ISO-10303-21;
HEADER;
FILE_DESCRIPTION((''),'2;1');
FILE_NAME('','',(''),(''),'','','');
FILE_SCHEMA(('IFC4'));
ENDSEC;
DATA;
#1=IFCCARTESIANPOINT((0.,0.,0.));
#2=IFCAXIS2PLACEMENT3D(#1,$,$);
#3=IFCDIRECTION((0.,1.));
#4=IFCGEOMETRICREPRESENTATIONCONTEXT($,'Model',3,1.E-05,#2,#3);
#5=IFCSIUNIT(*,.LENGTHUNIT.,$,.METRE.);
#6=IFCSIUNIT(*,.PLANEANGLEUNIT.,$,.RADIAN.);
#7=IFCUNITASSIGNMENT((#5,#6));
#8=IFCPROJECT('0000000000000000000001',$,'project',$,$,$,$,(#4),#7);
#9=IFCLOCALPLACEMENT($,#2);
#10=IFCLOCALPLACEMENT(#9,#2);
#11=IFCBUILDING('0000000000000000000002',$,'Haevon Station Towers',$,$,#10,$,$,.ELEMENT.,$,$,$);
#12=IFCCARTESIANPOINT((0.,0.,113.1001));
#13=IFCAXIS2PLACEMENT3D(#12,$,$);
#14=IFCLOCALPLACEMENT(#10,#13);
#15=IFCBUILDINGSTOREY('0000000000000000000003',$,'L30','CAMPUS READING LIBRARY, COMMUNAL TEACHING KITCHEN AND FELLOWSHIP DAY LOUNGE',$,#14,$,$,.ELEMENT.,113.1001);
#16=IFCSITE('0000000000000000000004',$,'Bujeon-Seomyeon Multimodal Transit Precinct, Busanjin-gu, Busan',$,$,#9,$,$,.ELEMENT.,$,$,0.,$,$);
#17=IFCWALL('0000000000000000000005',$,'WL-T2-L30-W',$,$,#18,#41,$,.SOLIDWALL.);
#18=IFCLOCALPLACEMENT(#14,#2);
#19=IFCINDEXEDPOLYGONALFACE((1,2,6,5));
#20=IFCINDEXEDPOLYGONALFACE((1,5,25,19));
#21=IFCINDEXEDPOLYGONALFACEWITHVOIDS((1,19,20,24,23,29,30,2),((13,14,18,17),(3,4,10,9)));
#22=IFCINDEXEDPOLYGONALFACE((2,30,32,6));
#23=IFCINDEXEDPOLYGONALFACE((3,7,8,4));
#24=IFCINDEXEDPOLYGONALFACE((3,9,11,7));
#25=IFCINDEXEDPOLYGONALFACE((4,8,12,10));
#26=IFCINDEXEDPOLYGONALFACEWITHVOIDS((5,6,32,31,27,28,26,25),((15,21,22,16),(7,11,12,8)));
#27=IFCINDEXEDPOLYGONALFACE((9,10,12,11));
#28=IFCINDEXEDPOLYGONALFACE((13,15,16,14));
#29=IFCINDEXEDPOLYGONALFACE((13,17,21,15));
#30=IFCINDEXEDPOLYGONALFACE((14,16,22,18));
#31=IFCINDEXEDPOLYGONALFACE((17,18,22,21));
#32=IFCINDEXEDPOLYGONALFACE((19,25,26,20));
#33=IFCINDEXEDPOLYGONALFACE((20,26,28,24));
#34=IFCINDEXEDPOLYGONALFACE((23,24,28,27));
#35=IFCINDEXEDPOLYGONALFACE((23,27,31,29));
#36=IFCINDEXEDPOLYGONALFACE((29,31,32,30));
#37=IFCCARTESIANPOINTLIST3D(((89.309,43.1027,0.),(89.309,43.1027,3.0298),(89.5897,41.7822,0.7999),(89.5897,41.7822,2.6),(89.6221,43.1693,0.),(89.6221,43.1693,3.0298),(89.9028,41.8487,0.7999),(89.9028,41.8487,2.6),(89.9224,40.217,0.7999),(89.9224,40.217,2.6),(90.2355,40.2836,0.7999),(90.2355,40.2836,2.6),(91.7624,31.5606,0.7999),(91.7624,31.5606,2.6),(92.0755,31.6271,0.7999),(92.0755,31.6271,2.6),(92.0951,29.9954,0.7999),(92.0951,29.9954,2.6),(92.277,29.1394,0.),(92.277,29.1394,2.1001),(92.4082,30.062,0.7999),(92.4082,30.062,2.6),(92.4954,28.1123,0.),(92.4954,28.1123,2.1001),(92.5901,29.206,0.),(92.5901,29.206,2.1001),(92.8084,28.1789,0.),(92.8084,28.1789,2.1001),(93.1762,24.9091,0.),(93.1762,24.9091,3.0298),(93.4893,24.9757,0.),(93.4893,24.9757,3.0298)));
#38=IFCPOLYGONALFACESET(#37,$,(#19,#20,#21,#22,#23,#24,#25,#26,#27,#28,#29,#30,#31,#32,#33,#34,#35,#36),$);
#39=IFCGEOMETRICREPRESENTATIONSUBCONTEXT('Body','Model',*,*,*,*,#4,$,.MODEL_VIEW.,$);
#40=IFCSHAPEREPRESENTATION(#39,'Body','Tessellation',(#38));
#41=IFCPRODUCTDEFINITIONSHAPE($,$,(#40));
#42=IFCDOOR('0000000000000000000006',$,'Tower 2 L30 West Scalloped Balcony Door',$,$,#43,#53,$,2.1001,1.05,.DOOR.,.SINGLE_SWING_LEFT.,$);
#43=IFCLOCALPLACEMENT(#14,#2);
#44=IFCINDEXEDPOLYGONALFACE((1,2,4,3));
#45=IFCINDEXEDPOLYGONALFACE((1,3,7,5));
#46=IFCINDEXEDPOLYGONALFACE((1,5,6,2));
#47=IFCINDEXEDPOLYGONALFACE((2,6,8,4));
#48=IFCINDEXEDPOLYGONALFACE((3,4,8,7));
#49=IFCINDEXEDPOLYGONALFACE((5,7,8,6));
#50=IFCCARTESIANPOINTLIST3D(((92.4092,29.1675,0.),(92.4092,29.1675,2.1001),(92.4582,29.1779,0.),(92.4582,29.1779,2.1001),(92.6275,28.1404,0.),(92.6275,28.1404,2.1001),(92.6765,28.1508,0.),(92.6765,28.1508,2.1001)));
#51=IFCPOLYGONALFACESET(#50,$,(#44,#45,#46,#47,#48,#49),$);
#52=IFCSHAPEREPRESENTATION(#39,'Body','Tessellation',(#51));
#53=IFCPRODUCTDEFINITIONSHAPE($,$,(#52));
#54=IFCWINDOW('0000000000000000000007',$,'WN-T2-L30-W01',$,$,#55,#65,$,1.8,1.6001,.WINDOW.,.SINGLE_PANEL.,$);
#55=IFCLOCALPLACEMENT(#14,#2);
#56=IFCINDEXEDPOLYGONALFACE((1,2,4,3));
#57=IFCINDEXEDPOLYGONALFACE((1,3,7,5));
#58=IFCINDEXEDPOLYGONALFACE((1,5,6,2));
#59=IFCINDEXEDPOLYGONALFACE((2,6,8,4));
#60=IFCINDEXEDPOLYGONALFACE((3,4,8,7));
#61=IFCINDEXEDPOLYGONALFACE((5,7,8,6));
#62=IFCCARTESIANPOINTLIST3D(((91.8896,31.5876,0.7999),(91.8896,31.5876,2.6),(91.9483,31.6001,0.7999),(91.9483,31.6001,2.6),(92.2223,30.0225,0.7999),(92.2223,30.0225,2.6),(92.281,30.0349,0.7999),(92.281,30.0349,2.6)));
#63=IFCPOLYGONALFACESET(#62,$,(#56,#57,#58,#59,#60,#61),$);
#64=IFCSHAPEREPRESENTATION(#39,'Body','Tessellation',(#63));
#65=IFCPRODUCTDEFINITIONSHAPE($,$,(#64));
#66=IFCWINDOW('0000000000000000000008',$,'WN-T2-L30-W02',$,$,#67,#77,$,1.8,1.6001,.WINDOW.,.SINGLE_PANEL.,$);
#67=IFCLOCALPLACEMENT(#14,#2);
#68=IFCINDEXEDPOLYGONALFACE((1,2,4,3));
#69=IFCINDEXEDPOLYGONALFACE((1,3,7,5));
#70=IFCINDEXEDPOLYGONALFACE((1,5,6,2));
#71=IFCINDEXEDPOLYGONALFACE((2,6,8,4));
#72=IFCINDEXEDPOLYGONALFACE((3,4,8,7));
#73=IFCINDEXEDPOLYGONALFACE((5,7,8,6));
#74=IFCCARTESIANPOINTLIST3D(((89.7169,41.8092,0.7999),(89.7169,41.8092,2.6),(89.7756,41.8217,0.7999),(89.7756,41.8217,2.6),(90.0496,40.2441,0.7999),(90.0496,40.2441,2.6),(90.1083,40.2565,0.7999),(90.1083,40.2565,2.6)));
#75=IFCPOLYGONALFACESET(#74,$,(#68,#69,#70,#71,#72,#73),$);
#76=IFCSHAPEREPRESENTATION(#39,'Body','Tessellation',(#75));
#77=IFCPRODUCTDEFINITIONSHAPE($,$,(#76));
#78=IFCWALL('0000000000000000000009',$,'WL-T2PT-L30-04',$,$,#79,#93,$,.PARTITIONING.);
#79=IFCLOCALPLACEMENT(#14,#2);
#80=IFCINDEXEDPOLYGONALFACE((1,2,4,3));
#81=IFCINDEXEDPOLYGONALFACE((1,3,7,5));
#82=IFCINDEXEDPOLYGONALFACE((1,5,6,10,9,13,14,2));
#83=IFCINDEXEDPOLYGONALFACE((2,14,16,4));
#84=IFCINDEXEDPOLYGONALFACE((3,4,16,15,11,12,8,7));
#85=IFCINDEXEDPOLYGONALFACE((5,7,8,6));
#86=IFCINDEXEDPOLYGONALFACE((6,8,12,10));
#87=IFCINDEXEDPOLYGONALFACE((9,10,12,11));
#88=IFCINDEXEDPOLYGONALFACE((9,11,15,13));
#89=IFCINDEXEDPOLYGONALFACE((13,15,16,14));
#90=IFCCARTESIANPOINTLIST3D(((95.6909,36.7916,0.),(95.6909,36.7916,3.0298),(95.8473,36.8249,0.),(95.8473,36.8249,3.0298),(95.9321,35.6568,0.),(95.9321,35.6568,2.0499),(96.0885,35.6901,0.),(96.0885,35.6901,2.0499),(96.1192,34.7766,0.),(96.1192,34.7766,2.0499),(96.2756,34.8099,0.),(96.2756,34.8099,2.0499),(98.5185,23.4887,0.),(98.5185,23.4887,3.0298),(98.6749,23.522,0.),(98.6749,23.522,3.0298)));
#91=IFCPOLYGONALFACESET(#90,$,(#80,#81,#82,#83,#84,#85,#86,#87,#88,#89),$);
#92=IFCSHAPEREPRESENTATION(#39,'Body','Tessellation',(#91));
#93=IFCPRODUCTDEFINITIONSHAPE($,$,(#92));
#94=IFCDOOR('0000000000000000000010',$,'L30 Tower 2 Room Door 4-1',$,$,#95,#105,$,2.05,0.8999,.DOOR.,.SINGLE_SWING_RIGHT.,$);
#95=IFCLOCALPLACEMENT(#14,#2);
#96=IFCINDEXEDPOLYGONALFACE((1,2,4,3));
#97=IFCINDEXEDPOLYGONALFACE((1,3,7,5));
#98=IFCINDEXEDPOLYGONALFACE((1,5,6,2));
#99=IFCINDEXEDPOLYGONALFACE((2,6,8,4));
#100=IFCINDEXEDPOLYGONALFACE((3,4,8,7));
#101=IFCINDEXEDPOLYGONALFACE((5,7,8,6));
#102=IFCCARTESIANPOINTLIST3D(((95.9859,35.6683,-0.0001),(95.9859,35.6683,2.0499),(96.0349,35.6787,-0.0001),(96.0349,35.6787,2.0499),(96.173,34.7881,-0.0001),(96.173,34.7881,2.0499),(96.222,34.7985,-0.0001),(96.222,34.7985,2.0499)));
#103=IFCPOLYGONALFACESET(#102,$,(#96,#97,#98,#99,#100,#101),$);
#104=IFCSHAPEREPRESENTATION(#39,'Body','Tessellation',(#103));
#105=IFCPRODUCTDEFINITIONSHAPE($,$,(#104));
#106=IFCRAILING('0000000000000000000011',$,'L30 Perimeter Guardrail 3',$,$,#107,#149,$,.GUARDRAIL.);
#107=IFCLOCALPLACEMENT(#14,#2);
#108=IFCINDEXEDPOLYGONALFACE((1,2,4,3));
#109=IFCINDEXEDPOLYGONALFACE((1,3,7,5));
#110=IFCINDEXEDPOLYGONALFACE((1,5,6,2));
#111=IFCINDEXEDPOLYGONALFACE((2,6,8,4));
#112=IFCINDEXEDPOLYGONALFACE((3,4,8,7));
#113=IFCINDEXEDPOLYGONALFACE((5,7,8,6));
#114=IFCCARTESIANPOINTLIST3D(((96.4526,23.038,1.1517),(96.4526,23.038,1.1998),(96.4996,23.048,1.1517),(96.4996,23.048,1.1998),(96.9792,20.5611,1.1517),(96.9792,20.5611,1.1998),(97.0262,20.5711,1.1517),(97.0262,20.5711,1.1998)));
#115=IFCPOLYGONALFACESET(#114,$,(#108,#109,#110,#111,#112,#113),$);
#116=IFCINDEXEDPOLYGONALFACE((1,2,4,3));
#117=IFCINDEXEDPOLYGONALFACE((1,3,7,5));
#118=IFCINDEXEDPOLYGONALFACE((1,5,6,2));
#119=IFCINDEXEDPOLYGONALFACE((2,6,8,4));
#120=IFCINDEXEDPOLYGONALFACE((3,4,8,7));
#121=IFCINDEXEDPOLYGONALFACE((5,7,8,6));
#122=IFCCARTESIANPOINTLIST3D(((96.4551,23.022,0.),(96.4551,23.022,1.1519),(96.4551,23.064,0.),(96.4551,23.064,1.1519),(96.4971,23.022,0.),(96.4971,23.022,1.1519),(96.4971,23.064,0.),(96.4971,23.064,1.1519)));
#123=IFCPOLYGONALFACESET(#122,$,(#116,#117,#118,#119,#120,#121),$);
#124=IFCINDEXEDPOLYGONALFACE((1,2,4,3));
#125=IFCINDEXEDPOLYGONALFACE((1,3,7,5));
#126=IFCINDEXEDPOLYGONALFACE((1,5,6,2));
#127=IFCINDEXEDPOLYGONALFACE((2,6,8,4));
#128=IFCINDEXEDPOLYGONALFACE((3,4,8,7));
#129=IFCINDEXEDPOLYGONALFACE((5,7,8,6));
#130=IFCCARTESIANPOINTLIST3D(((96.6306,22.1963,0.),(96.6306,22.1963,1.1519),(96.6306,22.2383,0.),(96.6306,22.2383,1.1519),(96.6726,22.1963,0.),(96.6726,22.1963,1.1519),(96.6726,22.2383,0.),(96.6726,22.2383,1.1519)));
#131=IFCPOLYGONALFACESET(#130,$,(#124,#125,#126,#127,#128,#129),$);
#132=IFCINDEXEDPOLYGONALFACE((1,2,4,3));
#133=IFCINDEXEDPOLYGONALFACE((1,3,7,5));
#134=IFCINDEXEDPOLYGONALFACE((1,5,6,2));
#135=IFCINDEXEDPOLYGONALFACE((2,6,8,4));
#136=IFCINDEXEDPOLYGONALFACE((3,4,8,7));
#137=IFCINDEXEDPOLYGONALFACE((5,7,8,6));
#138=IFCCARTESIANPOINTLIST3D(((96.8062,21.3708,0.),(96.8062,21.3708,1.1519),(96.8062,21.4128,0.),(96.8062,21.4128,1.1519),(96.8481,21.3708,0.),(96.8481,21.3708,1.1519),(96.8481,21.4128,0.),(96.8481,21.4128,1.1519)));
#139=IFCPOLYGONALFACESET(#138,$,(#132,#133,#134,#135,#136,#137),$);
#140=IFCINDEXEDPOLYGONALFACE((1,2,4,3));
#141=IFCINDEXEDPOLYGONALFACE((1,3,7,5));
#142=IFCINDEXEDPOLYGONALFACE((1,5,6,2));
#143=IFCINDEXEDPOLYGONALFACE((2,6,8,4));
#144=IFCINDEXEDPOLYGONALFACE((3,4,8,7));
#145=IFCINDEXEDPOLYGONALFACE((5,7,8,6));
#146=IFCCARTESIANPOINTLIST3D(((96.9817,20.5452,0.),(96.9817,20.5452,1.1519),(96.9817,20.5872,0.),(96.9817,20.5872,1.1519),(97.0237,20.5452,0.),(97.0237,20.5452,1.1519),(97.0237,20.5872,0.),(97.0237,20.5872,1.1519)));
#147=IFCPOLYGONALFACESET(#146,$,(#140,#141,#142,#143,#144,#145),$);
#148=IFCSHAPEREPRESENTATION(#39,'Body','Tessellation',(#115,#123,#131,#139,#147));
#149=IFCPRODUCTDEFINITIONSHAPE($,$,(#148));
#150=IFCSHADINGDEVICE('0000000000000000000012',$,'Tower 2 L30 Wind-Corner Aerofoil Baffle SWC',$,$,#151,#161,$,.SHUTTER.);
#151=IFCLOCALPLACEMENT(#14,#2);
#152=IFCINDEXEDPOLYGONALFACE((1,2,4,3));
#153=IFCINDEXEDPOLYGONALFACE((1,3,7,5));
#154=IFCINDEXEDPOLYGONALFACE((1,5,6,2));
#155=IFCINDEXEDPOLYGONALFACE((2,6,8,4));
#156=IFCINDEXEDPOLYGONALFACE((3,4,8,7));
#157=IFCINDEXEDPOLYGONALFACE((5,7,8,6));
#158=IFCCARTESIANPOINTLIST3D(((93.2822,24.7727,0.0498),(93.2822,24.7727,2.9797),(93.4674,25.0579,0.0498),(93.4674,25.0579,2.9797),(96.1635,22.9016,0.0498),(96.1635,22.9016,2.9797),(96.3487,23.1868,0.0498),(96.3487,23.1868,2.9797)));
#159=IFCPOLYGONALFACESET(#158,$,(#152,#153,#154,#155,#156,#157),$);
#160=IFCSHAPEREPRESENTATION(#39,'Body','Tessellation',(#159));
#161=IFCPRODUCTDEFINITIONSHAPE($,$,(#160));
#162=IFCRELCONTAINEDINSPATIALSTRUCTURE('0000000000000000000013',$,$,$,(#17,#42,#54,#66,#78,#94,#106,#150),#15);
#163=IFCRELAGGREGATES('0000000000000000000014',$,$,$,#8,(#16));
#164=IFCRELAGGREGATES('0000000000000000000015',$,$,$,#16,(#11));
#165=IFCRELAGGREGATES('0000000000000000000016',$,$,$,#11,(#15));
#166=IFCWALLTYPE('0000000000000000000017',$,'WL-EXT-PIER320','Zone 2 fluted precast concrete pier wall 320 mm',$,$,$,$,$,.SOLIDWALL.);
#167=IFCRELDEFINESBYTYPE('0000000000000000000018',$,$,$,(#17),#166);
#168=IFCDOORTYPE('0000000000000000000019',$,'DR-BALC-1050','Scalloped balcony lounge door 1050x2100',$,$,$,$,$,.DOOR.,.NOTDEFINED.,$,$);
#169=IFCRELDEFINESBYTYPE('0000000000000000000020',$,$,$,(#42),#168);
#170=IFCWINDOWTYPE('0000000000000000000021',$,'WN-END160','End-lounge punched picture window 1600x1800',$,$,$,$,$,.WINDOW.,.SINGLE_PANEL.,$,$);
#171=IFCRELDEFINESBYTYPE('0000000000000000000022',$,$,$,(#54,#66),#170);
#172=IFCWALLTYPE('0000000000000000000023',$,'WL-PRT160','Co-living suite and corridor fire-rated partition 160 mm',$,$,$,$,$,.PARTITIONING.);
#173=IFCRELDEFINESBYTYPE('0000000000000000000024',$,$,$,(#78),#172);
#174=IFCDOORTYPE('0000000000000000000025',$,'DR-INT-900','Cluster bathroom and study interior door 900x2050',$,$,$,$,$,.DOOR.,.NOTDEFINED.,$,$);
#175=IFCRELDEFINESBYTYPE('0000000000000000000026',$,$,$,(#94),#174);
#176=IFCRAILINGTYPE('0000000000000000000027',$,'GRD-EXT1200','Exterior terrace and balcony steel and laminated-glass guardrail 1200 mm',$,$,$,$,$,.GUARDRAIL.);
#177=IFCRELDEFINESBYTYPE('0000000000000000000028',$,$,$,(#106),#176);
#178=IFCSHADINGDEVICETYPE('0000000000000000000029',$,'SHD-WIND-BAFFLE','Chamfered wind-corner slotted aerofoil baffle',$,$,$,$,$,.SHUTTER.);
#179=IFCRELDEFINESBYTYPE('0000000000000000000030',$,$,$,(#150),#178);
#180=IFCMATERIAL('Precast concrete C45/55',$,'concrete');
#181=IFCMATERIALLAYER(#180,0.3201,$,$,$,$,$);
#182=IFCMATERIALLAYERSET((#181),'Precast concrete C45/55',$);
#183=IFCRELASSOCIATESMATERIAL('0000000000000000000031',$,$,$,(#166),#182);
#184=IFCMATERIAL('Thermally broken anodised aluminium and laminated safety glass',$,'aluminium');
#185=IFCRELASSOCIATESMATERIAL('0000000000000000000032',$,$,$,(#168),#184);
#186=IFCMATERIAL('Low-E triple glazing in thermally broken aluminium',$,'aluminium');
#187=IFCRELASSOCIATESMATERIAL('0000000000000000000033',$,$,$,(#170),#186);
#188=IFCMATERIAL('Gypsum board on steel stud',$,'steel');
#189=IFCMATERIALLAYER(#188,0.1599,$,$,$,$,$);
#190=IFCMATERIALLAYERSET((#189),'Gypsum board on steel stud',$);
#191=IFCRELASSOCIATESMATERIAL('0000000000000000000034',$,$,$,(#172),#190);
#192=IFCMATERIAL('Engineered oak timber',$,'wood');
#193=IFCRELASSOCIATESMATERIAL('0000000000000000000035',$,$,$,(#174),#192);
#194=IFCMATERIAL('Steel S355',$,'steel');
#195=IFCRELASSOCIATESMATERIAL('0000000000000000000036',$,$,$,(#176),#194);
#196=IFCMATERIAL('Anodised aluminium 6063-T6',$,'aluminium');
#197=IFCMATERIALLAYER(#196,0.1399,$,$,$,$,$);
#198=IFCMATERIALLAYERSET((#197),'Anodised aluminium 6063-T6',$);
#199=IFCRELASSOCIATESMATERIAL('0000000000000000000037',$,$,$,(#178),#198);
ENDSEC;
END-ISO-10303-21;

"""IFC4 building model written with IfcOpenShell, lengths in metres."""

from ifc_helpers import new_model, si_unit, direction, frame, frame_2d, origin, origin_2d, place, context, subcontext, project, spatial, rectangle, extrude, material, layer, layer_set, type_object, element, fill, save


model = new_model("IFC4")

# Units and contexts
model_context = context("Model", 3, precision=1e-05, world=origin(), true_north=direction((0.0, 1.0)))
body_context = subcontext(model_context, "Body", "Model", "MODEL_VIEW")
ifc_project = project(units=[si_unit("LENGTHUNIT", "METRE"), si_unit("PLANEANGLEUNIT", "RADIAN")], contexts=[model_context])

# Site, building, storey
site_placement = place(None, origin())
site = spatial("IfcSite", under=ifc_project, at=site_placement, Name="Bujeon-Seomyeon Multimodal Transit Precinct, Busanjin-gu, Busan", CompositionType="ELEMENT", RefElevation=0.0)
building_placement = place(site_placement, origin())
building = spatial("IfcBuilding", under=site, at=building_placement, Name="Haevon Station Towers", CompositionType="ELEMENT")
storey_placement = place(building_placement, frame((0.0, 0.0, 113.1001)))
storey = spatial("IfcBuildingStorey", under=building, at=storey_placement, Name="L30", Description="CAMPUS READING LIBRARY, COMMUNAL TEACHING KITCHEN AND FELLOWSHIP DAY LOUNGE", CompositionType="ELEMENT", Elevation=113.1001)

# Shared definitions
ifc_material_1 = material(Name="Steel S355", Category="steel")

# Shared definitions
ifc_material_2 = material(Name="Precast concrete C45/55", Category="concrete")
ifc_layer_1 = layer(ifc_material_2, 0.3201)
ifc_layer_set_1 = layer_set([ifc_layer_1], Name="Precast concrete C45/55")
wall_type_1 = type_object("IfcWallType", Name="WL-EXT-PIER320", Description="Zone 2 fluted precast concrete pier wall 320 mm", PredefinedType="SOLIDWALL", material=ifc_layer_set_1)

# Wall, openings, door, windows
wall_1_placement = place(storey_placement, frame((93.3328, 24.9424, 0.0), z_axis=(0.0, 0.0, 1.0), x_axis=(-0.207913, 0.978147, 0.0)))
wall_1 = element("IfcWall", 1, at=wall_1_placement, inside=storey, type_object=wall_type_1, Name="WL-T2-L30-W", PredefinedType="SOLIDWALL", context=body_context, shape_type="SweptSolid", body=[
    extrude(rectangle(XDim=18.6001, YDim=0.3201, at=frame_2d((9.3, 0.0))), origin(), (0.0, 0.0, 1.0), 3.0298),
])
opening_1_placement = place(wall_1_placement, frame((3.2749, 0.0, 0.0)))
opening_1 = element("IfcOpeningElement", 2, at=opening_1_placement, cuts=wall_1, PredefinedType="OPENING", context=body_context, shape_type="SweptSolid", body=[
    extrude(rectangle(XDim=1.05, YDim=2.1001, at=frame_2d((0.5249, 1.05))), frame((0.0, 0.1699, 0.0), z_axis=(0.0, -1.0, 0.0), x_axis=(1.0, 0.0, 0.0)), (0.0, 0.0, 1.0), 0.3401),
])
opening_2_placement = place(wall_1_placement, frame((5.2, 0.0, 0.8)))
opening_2 = element("IfcOpeningElement", 3, at=opening_2_placement, cuts=wall_1, PredefinedType="OPENING", context=body_context, shape_type="SweptSolid", body=[
    extrude(rectangle(XDim=1.6001, YDim=1.8, at=frame_2d((0.8, 0.8999))), frame((0.0, 0.1699, 0.0), z_axis=(0.0, -1.0, 0.0), x_axis=(1.0, 0.0, 0.0)), (0.0, 0.0, 1.0), 0.3401),
])
opening_3_placement = place(wall_1_placement, frame((15.6499, 0.0, 0.8)))
opening_3 = element("IfcOpeningElement", 4, at=opening_3_placement, cuts=wall_1, PredefinedType="OPENING", context=body_context, shape_type="SweptSolid", body=[
    extrude(rectangle(XDim=1.6001, YDim=1.8, at=frame_2d((0.8, 0.8999))), frame((0.0, 0.1699, 0.0), z_axis=(0.0, -1.0, 0.0), x_axis=(1.0, 0.0, 0.0)), (0.0, 0.0, 1.0), 0.3401),
])
ifc_material_3 = material(Name="Thermally broken anodised aluminium and laminated safety glass", Category="aluminium")
door_type_1 = type_object("IfcDoorType", Name="DR-BALC-1050", Description="Scalloped balcony lounge door 1050x2100", OperationType="NOTDEFINED", PredefinedType="DOOR", material=ifc_material_3)
door_1_placement = place(opening_1_placement, origin())
door_1 = element("IfcDoor", 5, at=door_1_placement, inside=storey, type_object=door_type_1, Name="Tower 2 L30 West Scalloped Balcony Door", OperationType="SINGLE_SWING_LEFT", OverallHeight=2.1001, OverallWidth=1.05, PredefinedType="DOOR", context=body_context, shape_type="SweptSolid", body=[
    extrude(rectangle(XDim=1.05, YDim=2.1001, at=frame_2d((0.5249, 1.05))), frame((0.0, 0.0249, 0.0), z_axis=(0.0, -1.0, 0.0), x_axis=(1.0, 0.0, 0.0)), (0.0, 0.0, 1.0), 0.05),
])
fill(opening_1, door_1)
ifc_material_4 = material(Name="Low-E triple glazing in thermally broken aluminium", Category="aluminium")
window_type = type_object("IfcWindowType", Name="WN-END160", Description="End-lounge punched picture window 1600x1800", PartitioningType="SINGLE_PANEL", PredefinedType="WINDOW", material=ifc_material_4)
window_1_placement = place(opening_2_placement, origin())
window_1 = element("IfcWindow", 6, at=window_1_placement, inside=storey, type_object=window_type, Name="WN-T2-L30-W01", OverallHeight=1.8, OverallWidth=1.6001, PartitioningType="SINGLE_PANEL", PredefinedType="WINDOW", context=body_context, shape_type="SweptSolid", body=[
    extrude(rectangle(XDim=1.6001, YDim=1.8, at=frame_2d((0.8, 0.8999))), frame((0.0, 0.03, 0.0), z_axis=(0.0, -1.0, 0.0), x_axis=(1.0, 0.0, 0.0)), (0.0, 0.0, 1.0), 0.0601),
])
fill(opening_2, window_1)
window_2_placement = place(opening_3_placement, origin())
window_2 = element("IfcWindow", 7, at=window_2_placement, inside=storey, type_object=window_type, Name="WN-T2-L30-W02", OverallHeight=1.8, OverallWidth=1.6001, PartitioningType="SINGLE_PANEL", PredefinedType="WINDOW", context=body_context, shape_type="SweptSolid", body=[
    extrude(rectangle(XDim=1.6001, YDim=1.8, at=frame_2d((0.8, 0.8999))), frame((0.0, 0.03, 0.0), z_axis=(0.0, -1.0, 0.0), x_axis=(1.0, 0.0, 0.0)), (0.0, 0.0, 1.0), 0.0601),
])
fill(opening_3, window_2)

# Wall, opening, door
ifc_material_5 = material(Name="Gypsum board on steel stud", Category="steel")
ifc_layer_2 = layer(ifc_material_5, 0.1599)
ifc_layer_set_2 = layer_set([ifc_layer_2], Name="Gypsum board on steel stud")
wall_type_2 = type_object("IfcWallType", Name="WL-PRT160", Description="Co-living suite and corridor fire-rated partition 160 mm", PredefinedType="PARTITIONING", material=ifc_layer_set_2)
wall_2_placement = place(storey_placement, frame((98.5967, 23.5054, 0.0), z_axis=(0.0, 0.0, 1.0), x_axis=(-0.207912, 0.978148, 0.0)))
wall_2 = element("IfcWall", 8, at=wall_2_placement, inside=storey, type_object=wall_type_2, Name="WL-T2PT-L30-04", PredefinedType="PARTITIONING", context=body_context, shape_type="SweptSolid", body=[
    extrude(rectangle(XDim=13.6001, YDim=0.1599, at=frame_2d((6.8, 0.0))), origin(), (0.0, 0.0, 1.0), 3.0298),
])
opening_4_placement = place(wall_2_placement, frame((11.54, 0.0, 0.0)))
opening_4 = element("IfcOpeningElement", 9, at=opening_4_placement, cuts=wall_2, PredefinedType="OPENING", context=body_context, shape_type="SweptSolid", body=[
    extrude(rectangle(XDim=0.8999, YDim=2.05, at=frame_2d((0.45, 1.0249))), frame((0.0, 0.0898, 0.0), z_axis=(0.0, -1.0, 0.0), x_axis=(1.0, 0.0, 0.0)), (0.0, 0.0, 1.0), 0.1799),
])
ifc_material_6 = material(Name="Engineered oak timber", Category="wood")
door_type_2 = type_object("IfcDoorType", Name="DR-INT-900", Description="Cluster bathroom and study interior door 900x2050", OperationType="NOTDEFINED", PredefinedType="DOOR", material=ifc_material_6)
door_2_placement = place(opening_4_placement, origin())
door_2 = element("IfcDoor", 10, at=door_2_placement, inside=storey, type_object=door_type_2, Name="L30 Tower 2 Room Door 4-1", OperationType="SINGLE_SWING_RIGHT", OverallHeight=2.05, OverallWidth=0.8999, PredefinedType="DOOR", context=body_context, shape_type="SweptSolid", body=[
    extrude(rectangle(XDim=0.8999, YDim=2.05, at=frame_2d((0.45, 1.0249))), frame((0.0, 0.0249, 0.0), z_axis=(0.0, -1.0, 0.0), x_axis=(1.0, 0.0, 0.0)), (0.0, 0.0, 1.0), 0.05),
])
fill(opening_4, door_2)

# Railing
railing_type = type_object("IfcRailingType", Name="GRD-EXT1200", Description="Exterior terrace and balcony steel and laminated-glass guardrail 1200 mm", PredefinedType="GUARDRAIL", material=ifc_material_1)
railing_1_placement = place(storey_placement, frame((96.4761, 23.043, 0.0)))
element("IfcRailing", 11, at=railing_1_placement, inside=storey, type_object=railing_type, Name="L30 Perimeter Guardrail 3", PredefinedType="GUARDRAIL", context=body_context, shape_type="SweptSolid", body=[
    extrude(rectangle(XDim=0.0481, YDim=0.0481, at=origin_2d()), frame((0.0, 0.0, 1.1758), z_axis=(0.207968, -0.978136, 0.0), x_axis=(0.978136, 0.207968, 0.0)), (0.0, 0.0, 1.0), 2.5322),
    extrude(rectangle(XDim=0.042, YDim=0.042, at=origin_2d()), origin(), (0.0, 0.0, 1.0), 1.1519),
    extrude(rectangle(XDim=0.042, YDim=0.042, at=origin_2d()), frame((0.1755, -0.8257, 0.0)), (0.0, 0.0, 1.0), 1.1519),
    extrude(rectangle(XDim=0.042, YDim=0.042, at=origin_2d()), frame((0.3511, -1.6511, 0.0)), (0.0, 0.0, 1.0), 1.1519),
    extrude(rectangle(XDim=0.042, YDim=0.042, at=origin_2d()), frame((0.5266, -2.4768, 0.0)), (0.0, 0.0, 1.0), 1.1519),
])

# Shading device
ifc_material_7 = material(Name="Anodised aluminium 6063-T6", Category="aluminium")
ifc_layer_3 = layer(ifc_material_7, 0.1399)
ifc_layer_set_3 = layer_set([ifc_layer_3], Name="Anodised aluminium 6063-T6")
shading_device_type = type_object("IfcShadingDeviceType", Name="SHD-WIND-BAFFLE", Description="Chamfered wind-corner slotted aerofoil baffle", PredefinedType="SHUTTER", material=ifc_layer_set_3)
shading_device_placement = place(storey_placement, frame((94.8154, 23.9797, 0.0498), z_axis=(0.0, 0.0, 1.0), x_axis=(-0.838671, 0.544639, 0.0)))
element("IfcShadingDevice", 12, at=shading_device_placement, inside=storey, type_object=shading_device_type, Name="Tower 2 L30 Wind-Corner Aerofoil Baffle SWC", PredefinedType="SHUTTER", context=body_context, shape_type="SweptSolid", body=[
    extrude(rectangle(XDim=3.4355, YDim=0.3401, at=origin_2d()), origin(), (0.0, 0.0, 1.0), 2.9299),
])

save(model, "model.ifc")
